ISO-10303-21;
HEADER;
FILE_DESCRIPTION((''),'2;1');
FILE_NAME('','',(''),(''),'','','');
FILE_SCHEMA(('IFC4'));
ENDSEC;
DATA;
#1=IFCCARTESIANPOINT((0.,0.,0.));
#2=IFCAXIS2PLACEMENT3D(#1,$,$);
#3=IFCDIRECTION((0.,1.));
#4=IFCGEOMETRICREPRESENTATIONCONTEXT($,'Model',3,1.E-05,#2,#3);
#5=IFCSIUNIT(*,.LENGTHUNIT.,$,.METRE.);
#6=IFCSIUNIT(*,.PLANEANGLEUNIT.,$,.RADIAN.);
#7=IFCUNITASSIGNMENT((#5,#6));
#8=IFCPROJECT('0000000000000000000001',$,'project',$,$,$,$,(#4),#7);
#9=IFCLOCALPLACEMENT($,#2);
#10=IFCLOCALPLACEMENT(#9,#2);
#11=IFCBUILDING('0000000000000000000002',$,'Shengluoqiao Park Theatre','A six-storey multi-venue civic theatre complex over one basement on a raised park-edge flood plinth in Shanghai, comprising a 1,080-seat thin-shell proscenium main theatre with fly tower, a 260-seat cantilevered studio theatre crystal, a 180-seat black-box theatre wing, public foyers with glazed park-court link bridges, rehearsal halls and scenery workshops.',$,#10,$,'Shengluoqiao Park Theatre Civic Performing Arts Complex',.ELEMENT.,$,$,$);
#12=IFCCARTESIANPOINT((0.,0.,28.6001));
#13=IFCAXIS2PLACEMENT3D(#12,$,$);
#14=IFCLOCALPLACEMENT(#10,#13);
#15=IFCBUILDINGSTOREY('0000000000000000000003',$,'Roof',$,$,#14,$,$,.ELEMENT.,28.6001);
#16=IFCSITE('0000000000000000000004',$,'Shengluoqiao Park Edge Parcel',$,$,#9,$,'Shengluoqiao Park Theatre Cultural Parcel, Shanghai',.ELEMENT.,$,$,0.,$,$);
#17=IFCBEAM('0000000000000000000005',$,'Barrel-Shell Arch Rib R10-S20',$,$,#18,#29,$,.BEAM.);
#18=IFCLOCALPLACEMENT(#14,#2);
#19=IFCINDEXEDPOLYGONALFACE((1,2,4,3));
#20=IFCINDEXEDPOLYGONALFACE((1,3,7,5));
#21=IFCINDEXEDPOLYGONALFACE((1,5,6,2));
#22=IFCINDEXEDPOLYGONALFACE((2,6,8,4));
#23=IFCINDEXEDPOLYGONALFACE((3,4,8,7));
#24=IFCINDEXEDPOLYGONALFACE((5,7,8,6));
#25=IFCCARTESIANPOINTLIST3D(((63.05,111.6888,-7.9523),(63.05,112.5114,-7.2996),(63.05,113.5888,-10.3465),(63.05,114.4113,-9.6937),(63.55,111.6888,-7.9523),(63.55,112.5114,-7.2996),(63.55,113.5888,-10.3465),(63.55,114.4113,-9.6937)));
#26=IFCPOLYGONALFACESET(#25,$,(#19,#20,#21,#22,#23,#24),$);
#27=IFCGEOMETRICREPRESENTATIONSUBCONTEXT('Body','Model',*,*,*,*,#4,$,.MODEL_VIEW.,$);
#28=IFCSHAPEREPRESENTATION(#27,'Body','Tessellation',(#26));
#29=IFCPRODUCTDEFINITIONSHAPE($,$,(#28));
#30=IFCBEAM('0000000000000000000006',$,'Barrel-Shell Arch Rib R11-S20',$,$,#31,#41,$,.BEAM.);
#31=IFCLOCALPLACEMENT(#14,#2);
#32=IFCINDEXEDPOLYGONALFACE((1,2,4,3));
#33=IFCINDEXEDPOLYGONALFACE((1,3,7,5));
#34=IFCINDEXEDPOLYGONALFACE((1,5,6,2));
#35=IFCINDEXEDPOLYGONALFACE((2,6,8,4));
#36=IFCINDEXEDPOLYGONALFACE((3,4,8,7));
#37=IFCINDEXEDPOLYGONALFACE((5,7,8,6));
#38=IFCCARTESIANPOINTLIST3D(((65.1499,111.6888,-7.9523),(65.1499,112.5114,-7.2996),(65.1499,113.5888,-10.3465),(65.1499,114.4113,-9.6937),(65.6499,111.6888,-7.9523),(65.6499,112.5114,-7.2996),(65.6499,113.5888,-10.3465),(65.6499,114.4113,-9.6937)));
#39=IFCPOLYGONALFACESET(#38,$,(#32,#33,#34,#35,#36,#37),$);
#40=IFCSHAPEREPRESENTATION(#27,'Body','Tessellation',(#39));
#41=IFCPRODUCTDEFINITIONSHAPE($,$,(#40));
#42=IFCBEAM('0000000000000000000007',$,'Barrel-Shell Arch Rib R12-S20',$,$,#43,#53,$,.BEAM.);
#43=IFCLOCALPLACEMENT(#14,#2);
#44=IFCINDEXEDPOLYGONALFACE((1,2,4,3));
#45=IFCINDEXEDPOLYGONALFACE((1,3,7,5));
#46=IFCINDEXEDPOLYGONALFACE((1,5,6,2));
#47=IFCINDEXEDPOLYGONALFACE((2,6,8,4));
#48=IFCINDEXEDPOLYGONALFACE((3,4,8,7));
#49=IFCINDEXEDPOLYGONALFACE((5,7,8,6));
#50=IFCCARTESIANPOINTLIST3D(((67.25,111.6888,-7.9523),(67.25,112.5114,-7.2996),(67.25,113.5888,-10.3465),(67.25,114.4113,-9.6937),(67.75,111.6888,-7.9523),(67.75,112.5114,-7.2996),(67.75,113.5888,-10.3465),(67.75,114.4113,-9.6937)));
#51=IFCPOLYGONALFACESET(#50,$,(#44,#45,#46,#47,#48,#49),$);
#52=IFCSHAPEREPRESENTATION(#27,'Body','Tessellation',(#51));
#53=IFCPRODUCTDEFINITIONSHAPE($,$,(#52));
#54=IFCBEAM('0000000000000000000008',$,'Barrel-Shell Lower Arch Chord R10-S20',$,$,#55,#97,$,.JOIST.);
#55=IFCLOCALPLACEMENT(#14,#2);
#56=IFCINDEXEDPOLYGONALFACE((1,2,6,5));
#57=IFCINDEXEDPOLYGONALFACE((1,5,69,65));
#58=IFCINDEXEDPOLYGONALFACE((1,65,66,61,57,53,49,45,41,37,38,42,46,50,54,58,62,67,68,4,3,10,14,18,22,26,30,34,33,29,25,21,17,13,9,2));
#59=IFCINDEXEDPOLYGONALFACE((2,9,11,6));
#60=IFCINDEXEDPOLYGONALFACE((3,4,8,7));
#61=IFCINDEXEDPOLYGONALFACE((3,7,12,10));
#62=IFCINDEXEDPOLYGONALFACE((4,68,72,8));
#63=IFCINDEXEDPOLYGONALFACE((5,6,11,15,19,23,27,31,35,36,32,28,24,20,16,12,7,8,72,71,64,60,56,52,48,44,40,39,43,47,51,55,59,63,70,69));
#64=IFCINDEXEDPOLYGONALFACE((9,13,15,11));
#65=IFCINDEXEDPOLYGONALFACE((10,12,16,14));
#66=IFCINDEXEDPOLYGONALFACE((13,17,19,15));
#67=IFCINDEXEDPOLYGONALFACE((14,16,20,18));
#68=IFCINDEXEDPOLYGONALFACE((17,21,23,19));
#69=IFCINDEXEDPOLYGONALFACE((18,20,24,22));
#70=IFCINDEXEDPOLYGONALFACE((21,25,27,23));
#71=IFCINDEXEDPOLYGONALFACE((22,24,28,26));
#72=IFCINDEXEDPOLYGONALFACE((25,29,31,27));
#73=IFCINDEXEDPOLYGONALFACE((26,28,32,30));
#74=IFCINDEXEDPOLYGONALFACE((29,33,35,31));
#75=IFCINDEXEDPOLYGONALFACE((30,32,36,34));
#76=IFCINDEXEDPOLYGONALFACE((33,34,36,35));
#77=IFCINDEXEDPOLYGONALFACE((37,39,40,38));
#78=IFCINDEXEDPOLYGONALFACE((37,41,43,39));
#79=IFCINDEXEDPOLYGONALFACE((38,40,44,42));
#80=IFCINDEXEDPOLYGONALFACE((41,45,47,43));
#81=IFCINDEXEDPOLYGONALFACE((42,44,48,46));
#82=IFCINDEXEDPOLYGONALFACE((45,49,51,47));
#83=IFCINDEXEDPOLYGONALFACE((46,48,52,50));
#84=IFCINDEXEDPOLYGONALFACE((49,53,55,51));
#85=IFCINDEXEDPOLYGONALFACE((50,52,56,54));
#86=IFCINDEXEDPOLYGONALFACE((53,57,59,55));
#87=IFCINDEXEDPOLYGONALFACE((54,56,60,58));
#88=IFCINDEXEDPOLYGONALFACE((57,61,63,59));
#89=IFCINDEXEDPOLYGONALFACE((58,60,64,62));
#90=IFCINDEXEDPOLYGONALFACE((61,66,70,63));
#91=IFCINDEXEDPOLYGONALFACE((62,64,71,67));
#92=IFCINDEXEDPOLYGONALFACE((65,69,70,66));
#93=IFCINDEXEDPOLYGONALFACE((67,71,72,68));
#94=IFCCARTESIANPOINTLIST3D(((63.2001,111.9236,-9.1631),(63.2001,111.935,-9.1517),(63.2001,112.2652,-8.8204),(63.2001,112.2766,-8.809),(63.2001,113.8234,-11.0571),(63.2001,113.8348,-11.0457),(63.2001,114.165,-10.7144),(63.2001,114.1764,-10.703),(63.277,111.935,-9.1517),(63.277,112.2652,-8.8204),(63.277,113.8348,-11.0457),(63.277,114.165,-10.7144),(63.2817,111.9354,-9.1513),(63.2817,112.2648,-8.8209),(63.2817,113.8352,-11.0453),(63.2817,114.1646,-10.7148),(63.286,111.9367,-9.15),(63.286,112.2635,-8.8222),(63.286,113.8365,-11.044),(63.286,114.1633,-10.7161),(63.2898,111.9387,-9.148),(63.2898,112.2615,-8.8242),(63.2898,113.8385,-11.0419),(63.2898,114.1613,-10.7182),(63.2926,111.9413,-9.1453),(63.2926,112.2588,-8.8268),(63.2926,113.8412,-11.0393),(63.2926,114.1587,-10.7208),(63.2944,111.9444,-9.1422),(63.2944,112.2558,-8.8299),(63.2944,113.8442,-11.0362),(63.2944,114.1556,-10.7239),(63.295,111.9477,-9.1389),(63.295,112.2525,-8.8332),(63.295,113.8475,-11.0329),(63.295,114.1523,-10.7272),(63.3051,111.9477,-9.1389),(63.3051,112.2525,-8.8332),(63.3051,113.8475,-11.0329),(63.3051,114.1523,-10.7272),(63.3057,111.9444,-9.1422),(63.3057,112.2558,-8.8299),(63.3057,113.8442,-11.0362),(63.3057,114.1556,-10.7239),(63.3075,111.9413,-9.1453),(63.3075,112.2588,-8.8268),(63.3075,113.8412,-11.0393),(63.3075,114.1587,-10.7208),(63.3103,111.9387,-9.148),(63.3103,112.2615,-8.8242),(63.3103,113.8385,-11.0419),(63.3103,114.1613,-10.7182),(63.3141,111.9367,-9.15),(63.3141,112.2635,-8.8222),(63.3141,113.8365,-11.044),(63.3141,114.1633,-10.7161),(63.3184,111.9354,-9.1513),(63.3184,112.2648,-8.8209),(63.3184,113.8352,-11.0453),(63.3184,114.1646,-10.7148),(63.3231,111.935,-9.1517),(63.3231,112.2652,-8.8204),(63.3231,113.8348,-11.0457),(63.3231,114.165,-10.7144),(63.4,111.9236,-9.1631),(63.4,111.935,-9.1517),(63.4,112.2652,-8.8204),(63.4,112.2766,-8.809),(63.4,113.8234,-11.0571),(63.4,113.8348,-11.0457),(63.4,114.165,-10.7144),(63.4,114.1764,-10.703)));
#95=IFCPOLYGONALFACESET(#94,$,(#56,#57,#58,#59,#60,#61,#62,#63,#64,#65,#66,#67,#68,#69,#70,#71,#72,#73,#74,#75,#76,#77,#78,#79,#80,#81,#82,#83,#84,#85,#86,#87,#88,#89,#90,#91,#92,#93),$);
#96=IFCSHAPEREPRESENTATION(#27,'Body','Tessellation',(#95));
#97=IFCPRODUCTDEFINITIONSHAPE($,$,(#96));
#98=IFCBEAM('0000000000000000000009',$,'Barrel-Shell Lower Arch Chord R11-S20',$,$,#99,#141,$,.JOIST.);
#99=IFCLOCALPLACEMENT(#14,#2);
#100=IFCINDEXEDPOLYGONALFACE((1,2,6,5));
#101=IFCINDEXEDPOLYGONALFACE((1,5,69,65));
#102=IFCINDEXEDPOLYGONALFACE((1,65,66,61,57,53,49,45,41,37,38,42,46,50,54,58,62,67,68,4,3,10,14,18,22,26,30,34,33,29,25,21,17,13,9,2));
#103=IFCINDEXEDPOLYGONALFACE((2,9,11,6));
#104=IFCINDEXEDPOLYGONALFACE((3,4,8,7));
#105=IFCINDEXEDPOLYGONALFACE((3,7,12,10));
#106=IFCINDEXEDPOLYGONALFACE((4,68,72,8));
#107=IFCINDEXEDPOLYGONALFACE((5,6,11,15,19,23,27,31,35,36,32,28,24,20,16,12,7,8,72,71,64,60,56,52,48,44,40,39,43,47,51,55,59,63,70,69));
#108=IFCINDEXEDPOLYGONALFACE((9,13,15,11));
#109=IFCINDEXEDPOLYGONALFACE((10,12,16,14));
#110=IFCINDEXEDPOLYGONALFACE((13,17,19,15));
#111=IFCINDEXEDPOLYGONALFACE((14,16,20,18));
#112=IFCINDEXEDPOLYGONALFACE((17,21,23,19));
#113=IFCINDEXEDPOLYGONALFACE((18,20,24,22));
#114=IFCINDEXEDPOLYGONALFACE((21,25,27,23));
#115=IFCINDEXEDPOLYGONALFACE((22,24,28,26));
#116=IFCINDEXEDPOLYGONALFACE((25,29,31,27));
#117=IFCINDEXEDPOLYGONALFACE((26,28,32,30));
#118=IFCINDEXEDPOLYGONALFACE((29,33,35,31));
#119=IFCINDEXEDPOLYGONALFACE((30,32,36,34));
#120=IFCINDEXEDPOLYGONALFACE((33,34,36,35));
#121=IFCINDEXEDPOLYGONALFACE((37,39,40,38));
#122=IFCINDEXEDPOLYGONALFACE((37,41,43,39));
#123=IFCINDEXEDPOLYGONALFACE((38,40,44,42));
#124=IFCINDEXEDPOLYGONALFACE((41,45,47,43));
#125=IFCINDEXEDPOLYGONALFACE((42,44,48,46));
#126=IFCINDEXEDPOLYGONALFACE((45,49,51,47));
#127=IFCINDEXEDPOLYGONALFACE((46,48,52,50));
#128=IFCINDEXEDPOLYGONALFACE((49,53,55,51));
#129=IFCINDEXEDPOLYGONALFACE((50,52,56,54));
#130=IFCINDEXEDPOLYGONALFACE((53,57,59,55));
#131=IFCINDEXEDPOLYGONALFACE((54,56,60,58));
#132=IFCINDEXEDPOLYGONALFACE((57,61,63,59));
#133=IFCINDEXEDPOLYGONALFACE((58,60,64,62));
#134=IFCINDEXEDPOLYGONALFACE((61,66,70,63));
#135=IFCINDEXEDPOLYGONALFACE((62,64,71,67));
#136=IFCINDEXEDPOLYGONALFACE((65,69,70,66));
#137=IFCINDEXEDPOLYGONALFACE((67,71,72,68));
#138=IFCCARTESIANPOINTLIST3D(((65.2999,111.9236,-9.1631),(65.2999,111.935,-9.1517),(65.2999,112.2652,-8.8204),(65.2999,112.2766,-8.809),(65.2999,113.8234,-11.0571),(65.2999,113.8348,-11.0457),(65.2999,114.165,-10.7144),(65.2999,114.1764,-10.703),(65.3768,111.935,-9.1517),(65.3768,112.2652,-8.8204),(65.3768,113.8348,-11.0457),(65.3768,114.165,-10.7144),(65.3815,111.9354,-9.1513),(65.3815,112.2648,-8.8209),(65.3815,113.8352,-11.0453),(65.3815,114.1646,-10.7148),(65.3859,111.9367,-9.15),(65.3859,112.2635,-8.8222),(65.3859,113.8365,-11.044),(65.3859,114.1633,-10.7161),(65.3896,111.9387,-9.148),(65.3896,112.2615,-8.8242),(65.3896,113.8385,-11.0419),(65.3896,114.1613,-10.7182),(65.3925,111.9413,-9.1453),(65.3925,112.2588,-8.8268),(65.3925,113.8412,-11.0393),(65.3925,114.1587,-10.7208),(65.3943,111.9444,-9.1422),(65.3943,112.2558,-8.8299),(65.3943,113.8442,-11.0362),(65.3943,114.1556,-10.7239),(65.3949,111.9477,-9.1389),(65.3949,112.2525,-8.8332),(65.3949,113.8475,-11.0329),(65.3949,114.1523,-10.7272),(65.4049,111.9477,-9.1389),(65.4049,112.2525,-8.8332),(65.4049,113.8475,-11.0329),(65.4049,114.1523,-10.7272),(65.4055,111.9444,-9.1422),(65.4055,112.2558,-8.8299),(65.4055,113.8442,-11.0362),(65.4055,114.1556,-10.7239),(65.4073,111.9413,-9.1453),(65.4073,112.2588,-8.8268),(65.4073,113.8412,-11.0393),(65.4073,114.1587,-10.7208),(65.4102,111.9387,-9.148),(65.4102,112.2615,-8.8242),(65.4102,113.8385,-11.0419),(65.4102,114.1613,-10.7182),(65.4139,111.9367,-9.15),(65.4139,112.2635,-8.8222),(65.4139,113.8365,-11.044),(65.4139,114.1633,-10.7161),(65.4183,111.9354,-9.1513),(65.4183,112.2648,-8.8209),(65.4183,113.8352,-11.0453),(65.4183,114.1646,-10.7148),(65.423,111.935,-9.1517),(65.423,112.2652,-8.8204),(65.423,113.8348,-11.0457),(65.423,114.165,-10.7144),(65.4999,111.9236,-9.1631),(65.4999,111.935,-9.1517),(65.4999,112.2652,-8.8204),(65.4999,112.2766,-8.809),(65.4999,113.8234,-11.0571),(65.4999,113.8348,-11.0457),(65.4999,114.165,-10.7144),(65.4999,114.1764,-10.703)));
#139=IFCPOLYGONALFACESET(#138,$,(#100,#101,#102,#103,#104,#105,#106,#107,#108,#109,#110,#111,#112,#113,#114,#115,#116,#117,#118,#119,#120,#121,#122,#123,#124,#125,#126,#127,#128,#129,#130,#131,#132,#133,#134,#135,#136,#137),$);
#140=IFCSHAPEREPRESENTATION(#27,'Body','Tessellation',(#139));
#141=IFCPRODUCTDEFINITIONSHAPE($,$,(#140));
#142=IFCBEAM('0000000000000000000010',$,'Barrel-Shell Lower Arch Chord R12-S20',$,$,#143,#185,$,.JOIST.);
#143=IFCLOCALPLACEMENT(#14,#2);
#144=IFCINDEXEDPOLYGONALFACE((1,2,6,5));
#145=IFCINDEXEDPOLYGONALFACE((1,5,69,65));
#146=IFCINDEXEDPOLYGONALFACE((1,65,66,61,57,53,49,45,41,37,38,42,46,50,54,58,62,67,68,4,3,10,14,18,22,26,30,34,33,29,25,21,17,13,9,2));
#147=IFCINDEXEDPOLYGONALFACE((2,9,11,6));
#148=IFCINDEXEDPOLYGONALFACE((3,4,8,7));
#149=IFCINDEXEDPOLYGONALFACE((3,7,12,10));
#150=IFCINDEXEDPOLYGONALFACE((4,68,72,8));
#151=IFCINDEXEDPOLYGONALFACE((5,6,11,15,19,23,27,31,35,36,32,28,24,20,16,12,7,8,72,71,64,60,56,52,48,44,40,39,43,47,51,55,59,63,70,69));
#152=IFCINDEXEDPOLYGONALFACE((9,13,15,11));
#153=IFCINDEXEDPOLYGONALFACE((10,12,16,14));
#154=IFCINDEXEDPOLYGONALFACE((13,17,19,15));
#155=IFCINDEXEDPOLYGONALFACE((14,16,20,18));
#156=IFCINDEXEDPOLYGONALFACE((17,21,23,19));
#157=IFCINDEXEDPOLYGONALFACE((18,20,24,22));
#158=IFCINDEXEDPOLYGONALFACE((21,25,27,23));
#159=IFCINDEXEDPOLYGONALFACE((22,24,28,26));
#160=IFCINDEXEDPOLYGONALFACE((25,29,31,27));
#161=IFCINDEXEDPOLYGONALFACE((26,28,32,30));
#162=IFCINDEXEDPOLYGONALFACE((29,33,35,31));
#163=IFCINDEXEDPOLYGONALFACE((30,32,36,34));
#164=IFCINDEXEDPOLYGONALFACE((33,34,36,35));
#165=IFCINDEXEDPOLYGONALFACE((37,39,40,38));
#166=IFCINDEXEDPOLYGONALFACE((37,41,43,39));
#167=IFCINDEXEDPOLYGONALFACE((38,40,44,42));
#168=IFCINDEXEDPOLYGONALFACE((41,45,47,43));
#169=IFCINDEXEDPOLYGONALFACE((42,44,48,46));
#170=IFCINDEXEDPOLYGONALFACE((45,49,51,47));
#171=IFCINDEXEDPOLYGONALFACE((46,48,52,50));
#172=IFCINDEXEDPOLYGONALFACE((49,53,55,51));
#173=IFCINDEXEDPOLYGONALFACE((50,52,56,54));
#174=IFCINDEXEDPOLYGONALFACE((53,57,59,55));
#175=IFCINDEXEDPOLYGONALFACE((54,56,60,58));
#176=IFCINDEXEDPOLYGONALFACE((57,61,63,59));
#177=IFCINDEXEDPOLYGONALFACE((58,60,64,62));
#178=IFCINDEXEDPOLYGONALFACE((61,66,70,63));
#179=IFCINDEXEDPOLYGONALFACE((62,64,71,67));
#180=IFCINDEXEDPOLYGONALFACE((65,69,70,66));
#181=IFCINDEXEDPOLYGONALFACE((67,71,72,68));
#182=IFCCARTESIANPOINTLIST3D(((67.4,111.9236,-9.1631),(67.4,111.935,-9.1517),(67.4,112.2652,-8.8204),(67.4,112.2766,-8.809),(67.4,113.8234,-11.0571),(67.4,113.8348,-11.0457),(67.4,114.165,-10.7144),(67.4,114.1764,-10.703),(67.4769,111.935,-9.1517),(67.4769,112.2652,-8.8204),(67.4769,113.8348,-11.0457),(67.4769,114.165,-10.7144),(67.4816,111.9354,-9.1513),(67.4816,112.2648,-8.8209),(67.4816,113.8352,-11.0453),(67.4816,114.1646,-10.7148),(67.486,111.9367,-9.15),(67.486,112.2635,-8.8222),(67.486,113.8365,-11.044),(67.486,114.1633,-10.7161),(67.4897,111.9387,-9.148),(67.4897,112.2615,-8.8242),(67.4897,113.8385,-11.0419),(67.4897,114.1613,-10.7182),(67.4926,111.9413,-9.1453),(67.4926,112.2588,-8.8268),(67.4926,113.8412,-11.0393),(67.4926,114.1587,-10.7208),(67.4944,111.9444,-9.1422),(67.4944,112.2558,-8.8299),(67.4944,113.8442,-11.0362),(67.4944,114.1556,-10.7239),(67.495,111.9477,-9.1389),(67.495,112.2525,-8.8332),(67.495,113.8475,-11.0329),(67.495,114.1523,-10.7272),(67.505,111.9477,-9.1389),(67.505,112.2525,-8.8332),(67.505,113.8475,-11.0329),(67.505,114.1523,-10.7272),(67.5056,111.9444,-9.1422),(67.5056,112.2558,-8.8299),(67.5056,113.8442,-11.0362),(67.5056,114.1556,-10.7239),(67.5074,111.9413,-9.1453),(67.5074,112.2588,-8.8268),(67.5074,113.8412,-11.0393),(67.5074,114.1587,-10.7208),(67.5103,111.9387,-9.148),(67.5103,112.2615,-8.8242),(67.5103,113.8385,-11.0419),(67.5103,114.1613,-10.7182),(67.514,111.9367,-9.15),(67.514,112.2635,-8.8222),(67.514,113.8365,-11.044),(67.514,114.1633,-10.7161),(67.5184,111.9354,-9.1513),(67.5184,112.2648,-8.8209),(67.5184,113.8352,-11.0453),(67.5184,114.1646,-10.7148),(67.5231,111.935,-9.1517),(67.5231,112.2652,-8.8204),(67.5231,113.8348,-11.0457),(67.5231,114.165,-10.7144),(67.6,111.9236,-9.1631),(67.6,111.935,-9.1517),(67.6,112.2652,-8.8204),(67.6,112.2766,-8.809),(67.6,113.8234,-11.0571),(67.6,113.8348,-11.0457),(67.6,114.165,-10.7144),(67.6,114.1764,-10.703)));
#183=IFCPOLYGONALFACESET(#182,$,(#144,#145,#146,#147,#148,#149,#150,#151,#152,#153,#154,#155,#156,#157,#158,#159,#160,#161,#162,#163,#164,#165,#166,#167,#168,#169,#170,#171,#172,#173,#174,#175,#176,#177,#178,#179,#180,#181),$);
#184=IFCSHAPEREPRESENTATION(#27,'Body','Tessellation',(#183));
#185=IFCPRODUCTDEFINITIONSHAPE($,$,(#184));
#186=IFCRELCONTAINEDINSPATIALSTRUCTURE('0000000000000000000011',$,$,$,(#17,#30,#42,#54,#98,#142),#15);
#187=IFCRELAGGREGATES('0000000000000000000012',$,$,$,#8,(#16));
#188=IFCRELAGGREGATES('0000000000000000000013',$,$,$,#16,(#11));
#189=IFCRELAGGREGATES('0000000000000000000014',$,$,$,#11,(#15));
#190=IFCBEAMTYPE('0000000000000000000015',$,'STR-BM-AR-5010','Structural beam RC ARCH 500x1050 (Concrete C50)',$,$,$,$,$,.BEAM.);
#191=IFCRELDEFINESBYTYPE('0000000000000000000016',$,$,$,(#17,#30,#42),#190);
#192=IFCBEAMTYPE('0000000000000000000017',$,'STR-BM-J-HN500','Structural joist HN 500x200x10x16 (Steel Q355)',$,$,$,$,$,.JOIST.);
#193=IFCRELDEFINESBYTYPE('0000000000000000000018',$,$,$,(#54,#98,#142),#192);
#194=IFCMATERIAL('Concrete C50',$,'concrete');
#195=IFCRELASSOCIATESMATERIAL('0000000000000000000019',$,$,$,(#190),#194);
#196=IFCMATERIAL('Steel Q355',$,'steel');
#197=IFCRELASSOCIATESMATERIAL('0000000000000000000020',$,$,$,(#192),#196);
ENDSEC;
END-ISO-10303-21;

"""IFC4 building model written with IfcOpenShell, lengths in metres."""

from ifc_helpers import new_model, si_unit, direction, frame, origin, origin_2d, place, context, subcontext, project, spatial, rectangle, i_section, extrude, material, material_profile, profile_set, type_object, element, save


model = new_model("IFC4")

# Units and contexts
model_context = context("Model", 3, precision=1e-05, world=origin(), true_north=direction((0.0, 1.0)))
body_context = subcontext(model_context, "Body", "Model", "MODEL_VIEW")
ifc_project = project(units=[si_unit("LENGTHUNIT", "METRE"), si_unit("PLANEANGLEUNIT", "RADIAN")], contexts=[model_context])

# Site, building, storey
site_placement = place(None, origin())
site = spatial("IfcSite", under=ifc_project, at=site_placement, Name="Shengluoqiao Park Edge Parcel", LongName="Shengluoqiao Park Theatre Cultural Parcel, Shanghai", CompositionType="ELEMENT", RefElevation=0.0)
building_placement = place(site_placement, origin())
building = spatial("IfcBuilding", under=site, at=building_placement, Name="Shengluoqiao Park Theatre", Description="A six-storey multi-venue civic theatre complex over one basement on a raised park-edge flood plinth in Shanghai, comprising a 1,080-seat thin-shell proscenium main theatre with fly tower, a 260-seat cantilevered studio theatre crystal, a 180-seat black-box theatre wing, public foyers with glazed park-court link bridges, rehearsal halls and scenery workshops.", LongName="Shengluoqiao Park Theatre Civic Performing Arts Complex", CompositionType="ELEMENT")
storey_placement = place(building_placement, frame((0.0, 0.0, 28.6001)))
storey = spatial("IfcBuildingStorey", under=building, at=storey_placement, Name="Roof", CompositionType="ELEMENT", Elevation=28.6001)

# Beams
ifc_material_1 = material(Name="Concrete C50", Category="concrete")
ifc_material_profile_1 = material_profile(ifc_material_1, rectangle(XDim=0.5, YDim=1.05, at=origin_2d()), Name="RC ARCH 500x1050")
ifc_profile_set_1 = profile_set([ifc_material_profile_1], Name="Concrete C50")
beam_type_1 = type_object("IfcBeamType", Name="STR-BM-AR-5010", Description="Structural beam RC ARCH 500x1050 (Concrete C50)", PredefinedType="BEAM", material=ifc_profile_set_1)
for number, where, z_axis, x_axis, name in (
    (1, (63.3, 112.1001, -7.626), (0.0, 0.621631, -0.78331), (-1.0, 0.0, 0.0), "Barrel-Shell Arch Rib R10-S20"),
    (2, (65.3999, 112.1001, -7.626), (0.0, 0.621631, -0.78331), (-1.0, 0.0, 0.0), "Barrel-Shell Arch Rib R11-S20"),
    (3, (67.5, 112.1001, -7.626), (0.0, 0.621631, -0.78331), (-1.0, 0.0, 0.0), "Barrel-Shell Arch Rib R12-S20"),
):
    element("IfcBeam", number, at=place(storey_placement, frame(where, z_axis=z_axis, x_axis=x_axis)), inside=storey, type_object=beam_type_1, Name=name, PredefinedType="BEAM", context=body_context, shape_type="SweptSolid", body=[
        extrude(rectangle(XDim=0.5, YDim=1.05, at=origin_2d()), origin(), (0.0, 0.0, 1.0), 3.0564),
    ])
ifc_material_2 = material(Name="Steel Q355", Category="steel")
ifc_material_profile_2 = material_profile(ifc_material_2, i_section(OverallWidth=0.2, OverallDepth=0.5, WebThickness=0.01, FlangeThickness=0.0161, FilletRadius=0.0181, at=origin_2d()), Name="HN 500x200x10x16")
ifc_profile_set_2 = profile_set([ifc_material_profile_2], Name="Steel Q355")
beam_type_2 = type_object("IfcBeamType", Name="STR-BM-J-HN500", Description="Structural joist HN 500x200x10x16 (Steel Q355)", PredefinedType="JOIST", material=ifc_profile_set_2)
for number, where, z_axis, x_axis, name in (
    (4, (63.3, 112.1001, -8.9861), (0.0, 0.708198, -0.706014), (-1.0, 0.0, 0.0), "Barrel-Shell Lower Arch Chord R10-S20"),
    (5, (65.3999, 112.1001, -8.9861), (0.0, 0.708198, -0.706014), (-1.0, 0.0, 0.0), "Barrel-Shell Lower Arch Chord R11-S20"),
    (6, (67.5, 112.1001, -8.9861), (0.0, 0.708198, -0.706014), (-1.0, 0.0, 0.0), "Barrel-Shell Lower Arch Chord R12-S20"),
):
    element("IfcBeam", number, at=place(storey_placement, frame(where, z_axis=z_axis, x_axis=x_axis)), inside=storey, type_object=beam_type_2, Name=name, PredefinedType="JOIST", context=body_context, shape_type="SweptSolid", body=[
        extrude(i_section(OverallWidth=0.2, OverallDepth=0.5, WebThickness=0.01, FlangeThickness=0.0161, FilletRadius=0.0181, at=origin_2d()), origin(), (0.0, 0.0, 1.0), 2.6826),
    ])

save(model, "model.ifc")
